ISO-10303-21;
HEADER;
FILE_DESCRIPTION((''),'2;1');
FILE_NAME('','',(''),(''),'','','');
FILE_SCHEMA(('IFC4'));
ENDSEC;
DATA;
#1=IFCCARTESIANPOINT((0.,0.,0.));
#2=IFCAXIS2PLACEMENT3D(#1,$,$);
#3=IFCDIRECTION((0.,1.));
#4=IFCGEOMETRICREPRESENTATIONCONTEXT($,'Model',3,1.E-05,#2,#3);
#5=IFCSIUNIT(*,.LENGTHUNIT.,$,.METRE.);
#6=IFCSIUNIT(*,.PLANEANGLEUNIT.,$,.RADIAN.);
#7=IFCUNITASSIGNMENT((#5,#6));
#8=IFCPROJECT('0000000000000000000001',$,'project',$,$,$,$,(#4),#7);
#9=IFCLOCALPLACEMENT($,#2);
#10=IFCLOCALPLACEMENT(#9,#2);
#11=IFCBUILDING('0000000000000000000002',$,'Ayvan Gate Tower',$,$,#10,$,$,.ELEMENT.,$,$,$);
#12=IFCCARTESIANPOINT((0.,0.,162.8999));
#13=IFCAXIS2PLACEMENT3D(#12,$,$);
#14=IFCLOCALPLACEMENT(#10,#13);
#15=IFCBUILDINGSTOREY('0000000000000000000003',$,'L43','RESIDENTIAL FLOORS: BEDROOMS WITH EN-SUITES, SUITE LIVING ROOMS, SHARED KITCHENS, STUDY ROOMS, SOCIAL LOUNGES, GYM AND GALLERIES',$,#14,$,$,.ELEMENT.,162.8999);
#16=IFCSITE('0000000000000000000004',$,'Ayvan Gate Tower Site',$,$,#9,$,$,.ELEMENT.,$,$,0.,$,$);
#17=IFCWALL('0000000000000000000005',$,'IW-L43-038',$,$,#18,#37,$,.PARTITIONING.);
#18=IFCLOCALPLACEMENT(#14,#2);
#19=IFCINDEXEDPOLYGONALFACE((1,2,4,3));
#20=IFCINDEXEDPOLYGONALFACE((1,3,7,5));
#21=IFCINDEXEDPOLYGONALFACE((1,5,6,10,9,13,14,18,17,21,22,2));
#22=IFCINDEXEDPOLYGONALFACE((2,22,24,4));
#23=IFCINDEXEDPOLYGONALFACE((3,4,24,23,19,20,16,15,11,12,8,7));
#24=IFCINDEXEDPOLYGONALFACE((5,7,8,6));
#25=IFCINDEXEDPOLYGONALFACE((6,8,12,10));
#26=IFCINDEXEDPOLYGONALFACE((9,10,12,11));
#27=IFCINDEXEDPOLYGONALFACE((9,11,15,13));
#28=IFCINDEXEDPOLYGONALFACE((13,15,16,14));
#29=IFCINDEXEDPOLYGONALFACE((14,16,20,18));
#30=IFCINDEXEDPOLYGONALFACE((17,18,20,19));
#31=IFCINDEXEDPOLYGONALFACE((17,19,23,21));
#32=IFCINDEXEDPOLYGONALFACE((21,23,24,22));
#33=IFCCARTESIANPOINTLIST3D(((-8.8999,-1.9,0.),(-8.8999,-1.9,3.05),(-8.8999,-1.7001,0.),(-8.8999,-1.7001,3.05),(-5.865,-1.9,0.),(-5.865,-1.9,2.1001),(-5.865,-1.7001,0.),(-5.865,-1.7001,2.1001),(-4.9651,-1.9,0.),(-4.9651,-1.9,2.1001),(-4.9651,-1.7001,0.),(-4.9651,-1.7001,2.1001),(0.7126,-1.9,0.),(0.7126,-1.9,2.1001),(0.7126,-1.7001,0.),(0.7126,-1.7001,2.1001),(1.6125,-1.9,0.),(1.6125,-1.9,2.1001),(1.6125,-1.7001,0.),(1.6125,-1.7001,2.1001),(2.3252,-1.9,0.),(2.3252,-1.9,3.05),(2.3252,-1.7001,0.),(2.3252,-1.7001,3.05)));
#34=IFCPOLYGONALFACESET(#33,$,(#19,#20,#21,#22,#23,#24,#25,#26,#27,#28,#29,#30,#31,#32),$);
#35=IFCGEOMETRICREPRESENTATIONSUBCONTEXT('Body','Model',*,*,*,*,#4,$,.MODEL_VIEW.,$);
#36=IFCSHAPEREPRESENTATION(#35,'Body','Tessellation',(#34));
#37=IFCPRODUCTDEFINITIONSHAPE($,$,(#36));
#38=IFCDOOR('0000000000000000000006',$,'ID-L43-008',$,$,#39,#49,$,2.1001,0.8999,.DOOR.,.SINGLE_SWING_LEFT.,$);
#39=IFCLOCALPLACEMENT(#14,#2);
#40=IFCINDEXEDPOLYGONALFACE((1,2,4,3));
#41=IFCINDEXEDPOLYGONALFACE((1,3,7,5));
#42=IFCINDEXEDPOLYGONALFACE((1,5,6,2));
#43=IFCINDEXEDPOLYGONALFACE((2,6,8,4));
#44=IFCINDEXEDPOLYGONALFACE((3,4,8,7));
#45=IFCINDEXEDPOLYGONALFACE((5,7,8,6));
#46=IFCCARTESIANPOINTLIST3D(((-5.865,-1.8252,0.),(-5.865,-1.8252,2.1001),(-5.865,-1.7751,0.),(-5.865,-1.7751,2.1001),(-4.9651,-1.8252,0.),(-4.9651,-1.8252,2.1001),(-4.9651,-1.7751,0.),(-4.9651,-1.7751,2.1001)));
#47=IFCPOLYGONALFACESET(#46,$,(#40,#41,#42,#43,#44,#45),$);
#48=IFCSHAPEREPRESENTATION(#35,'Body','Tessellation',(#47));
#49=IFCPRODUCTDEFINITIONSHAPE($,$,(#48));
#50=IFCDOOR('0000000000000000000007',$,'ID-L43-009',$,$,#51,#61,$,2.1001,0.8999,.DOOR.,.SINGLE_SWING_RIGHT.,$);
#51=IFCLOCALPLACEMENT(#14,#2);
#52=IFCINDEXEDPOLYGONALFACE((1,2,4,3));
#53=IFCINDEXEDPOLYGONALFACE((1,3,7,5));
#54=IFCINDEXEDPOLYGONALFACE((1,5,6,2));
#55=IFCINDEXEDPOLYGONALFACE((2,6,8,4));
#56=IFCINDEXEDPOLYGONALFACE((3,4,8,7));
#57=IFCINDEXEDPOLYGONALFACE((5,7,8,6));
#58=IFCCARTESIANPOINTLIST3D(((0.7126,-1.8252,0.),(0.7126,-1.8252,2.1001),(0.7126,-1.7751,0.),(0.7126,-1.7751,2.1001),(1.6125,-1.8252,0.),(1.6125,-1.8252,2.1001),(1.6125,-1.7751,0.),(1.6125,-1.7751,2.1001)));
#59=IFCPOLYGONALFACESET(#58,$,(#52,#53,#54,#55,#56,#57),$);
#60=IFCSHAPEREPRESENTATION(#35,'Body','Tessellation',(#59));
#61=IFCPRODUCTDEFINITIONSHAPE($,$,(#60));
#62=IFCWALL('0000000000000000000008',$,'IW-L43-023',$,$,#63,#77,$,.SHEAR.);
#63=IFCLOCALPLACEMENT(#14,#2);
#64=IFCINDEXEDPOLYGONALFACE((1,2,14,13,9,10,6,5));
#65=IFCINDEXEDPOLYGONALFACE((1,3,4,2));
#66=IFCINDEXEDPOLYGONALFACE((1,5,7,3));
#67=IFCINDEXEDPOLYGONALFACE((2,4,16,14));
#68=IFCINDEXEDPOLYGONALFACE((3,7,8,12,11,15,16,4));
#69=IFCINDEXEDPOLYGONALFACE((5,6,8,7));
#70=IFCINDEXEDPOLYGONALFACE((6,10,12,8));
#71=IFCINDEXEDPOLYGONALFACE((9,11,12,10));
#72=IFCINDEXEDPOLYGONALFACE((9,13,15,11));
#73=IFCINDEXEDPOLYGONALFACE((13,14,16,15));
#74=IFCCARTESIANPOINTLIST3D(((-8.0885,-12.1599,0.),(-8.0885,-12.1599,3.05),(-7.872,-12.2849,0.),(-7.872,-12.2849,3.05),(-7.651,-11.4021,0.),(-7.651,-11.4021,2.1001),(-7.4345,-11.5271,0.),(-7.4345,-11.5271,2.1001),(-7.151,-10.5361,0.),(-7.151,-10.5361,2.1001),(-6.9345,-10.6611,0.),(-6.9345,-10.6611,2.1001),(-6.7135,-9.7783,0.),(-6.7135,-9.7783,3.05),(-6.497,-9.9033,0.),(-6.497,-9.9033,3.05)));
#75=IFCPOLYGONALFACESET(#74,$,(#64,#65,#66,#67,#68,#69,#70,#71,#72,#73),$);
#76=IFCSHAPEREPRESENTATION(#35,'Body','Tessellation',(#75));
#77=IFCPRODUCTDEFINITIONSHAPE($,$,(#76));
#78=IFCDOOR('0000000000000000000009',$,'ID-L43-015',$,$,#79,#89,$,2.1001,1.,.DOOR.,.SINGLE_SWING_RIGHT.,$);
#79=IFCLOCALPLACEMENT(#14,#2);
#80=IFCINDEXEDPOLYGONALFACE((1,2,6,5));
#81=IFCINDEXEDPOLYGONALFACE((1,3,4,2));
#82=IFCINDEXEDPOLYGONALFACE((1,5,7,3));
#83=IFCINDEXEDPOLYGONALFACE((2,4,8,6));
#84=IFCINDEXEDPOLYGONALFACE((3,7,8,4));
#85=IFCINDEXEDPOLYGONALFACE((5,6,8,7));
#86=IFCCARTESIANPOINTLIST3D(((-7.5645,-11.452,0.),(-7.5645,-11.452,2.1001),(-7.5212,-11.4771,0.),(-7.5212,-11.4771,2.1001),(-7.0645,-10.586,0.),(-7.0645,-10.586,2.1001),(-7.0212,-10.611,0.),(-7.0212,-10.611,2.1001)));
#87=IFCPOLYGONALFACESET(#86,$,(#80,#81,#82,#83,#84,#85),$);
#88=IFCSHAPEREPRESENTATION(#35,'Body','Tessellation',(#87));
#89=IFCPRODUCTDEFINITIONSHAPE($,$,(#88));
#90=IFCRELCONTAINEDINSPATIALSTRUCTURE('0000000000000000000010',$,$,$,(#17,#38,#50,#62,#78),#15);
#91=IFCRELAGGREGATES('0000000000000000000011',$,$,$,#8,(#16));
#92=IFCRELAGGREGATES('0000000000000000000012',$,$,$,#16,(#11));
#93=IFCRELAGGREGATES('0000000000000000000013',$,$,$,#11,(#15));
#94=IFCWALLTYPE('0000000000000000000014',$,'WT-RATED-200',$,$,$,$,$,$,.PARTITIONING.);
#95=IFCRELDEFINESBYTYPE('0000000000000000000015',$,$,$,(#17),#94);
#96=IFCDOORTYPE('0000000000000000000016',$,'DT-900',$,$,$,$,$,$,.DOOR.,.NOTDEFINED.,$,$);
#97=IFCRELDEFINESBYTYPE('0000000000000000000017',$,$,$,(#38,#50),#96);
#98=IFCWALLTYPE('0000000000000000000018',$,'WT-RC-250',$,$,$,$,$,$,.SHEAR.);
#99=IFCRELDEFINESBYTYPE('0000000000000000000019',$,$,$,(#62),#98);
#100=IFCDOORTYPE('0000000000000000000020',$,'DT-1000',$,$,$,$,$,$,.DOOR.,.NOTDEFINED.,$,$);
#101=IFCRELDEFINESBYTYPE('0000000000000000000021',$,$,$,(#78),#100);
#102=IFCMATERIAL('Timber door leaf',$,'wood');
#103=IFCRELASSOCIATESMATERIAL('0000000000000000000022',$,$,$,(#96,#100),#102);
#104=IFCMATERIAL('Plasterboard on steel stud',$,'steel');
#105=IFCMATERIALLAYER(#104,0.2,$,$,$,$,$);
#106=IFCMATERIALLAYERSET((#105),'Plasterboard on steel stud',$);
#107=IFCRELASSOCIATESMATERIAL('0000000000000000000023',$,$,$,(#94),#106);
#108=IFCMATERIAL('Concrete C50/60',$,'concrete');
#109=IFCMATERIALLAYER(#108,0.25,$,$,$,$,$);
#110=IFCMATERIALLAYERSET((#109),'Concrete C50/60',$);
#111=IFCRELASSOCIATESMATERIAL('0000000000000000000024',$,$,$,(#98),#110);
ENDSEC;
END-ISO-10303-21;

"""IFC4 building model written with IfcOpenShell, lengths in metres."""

from ifc_helpers import new_model, si_unit, direction, frame, frame_2d, origin, place, context, subcontext, project, spatial, rectangle, extrude, material, layer, layer_set, type_object, element, fill, save


model = new_model("IFC4")

# Units and contexts
model_context = context("Model", 3, precision=1e-05, world=origin(), true_north=direction((0.0, 1.0)))
body_context = subcontext(model_context, "Body", "Model", "MODEL_VIEW")
ifc_project = project(units=[si_unit("LENGTHUNIT", "METRE"), si_unit("PLANEANGLEUNIT", "RADIAN")], contexts=[model_context])

# Site, building, storey
site_placement = place(None, origin())
site = spatial("IfcSite", under=ifc_project, at=site_placement, Name="Ayvan Gate Tower Site", CompositionType="ELEMENT", RefElevation=0.0)
building_placement = place(site_placement, origin())
building = spatial("IfcBuilding", under=site, at=building_placement, Name="Ayvan Gate Tower", CompositionType="ELEMENT")
storey_placement = place(building_placement, frame((0.0, 0.0, 162.8999)))
storey = spatial("IfcBuildingStorey", under=building, at=storey_placement, Name="L43", Description="RESIDENTIAL FLOORS: BEDROOMS WITH EN-SUITES, SUITE LIVING ROOMS, SHARED KITCHENS, STUDY ROOMS, SOCIAL LOUNGES, GYM AND GALLERIES", CompositionType="ELEMENT", Elevation=162.8999)

# Shared definitions
ifc_material_1 = material(Name="Timber door leaf", Category="wood")
door_type_1 = type_object("IfcDoorType", Name="DT-900", OperationType="NOTDEFINED", PredefinedType="DOOR", material=ifc_material_1)

# Shared definitions
ifc_material_2 = material(Name="Plasterboard on steel stud", Category="steel")
ifc_layer_1 = layer(ifc_material_2, 0.2)
ifc_layer_set_1 = layer_set([ifc_layer_1], Name="Plasterboard on steel stud")
wall_type_1 = type_object("IfcWallType", Name="WT-RATED-200", PredefinedType="PARTITIONING", material=ifc_layer_set_1)

# Wall, openings, doors
wall_1_placement = place(storey_placement, frame((-8.8999, -1.8, 0.0), z_axis=(0.0, 0.0, 1.0), x_axis=(1.0, 0.0, 0.0)))
wall_1 = element("IfcWall", 1, at=wall_1_placement, inside=storey, type_object=wall_type_1, Name="IW-L43-038", PredefinedType="PARTITIONING", context=body_context, shape_type="SweptSolid", body=[
    extrude(rectangle(XDim=11.2251, YDim=0.2, at=frame_2d((5.6125, 0.0))), origin(), (0.0, 0.0, 1.0), 3.05),
])
opening_1_placement = place(wall_1_placement, frame((3.0349, 0.0, 0.0)))
opening_1 = element("IfcOpeningElement", 2, at=opening_1_placement, cuts=wall_1, PredefinedType="OPENING", context=body_context, shape_type="SweptSolid", body=[
    extrude(rectangle(XDim=0.8999, YDim=2.1001, at=frame_2d((0.45, 1.05))), frame((0.0, 0.1099, 0.0), z_axis=(0.0, -1.0, 0.0), x_axis=(1.0, 0.0, 0.0)), (0.0, 0.0, 1.0), 0.22),
])
opening_2_placement = place(wall_1_placement, frame((9.6125, 0.0, 0.0)))
opening_2 = element("IfcOpeningElement", 3, at=opening_2_placement, cuts=wall_1, PredefinedType="OPENING", context=body_context, shape_type="SweptSolid", body=[
    extrude(rectangle(XDim=0.8999, YDim=2.1001, at=frame_2d((0.45, 1.05))), frame((0.0, 0.1099, 0.0), z_axis=(0.0, -1.0, 0.0), x_axis=(1.0, 0.0, 0.0)), (0.0, 0.0, 1.0), 0.22),
])
door_1_placement = place(opening_1_placement, origin())
door_1 = element("IfcDoor", 4, at=door_1_placement, inside=storey, type_object=door_type_1, Name="ID-L43-008", OperationType="SINGLE_SWING_LEFT", OverallHeight=2.1001, OverallWidth=0.8999, PredefinedType="DOOR", context=body_context, shape_type="SweptSolid", body=[
    extrude(rectangle(XDim=0.8999, YDim=2.1001, at=frame_2d((0.45, 1.05))), frame((0.0, 0.0249, 0.0), z_axis=(0.0, -1.0, 0.0), x_axis=(1.0, 0.0, 0.0)), (0.0, 0.0, 1.0), 0.05),
])
fill(opening_1, door_1)
door_2_placement = place(opening_2_placement, origin())
door_2 = element("IfcDoor", 5, at=door_2_placement, inside=storey, type_object=door_type_1, Name="ID-L43-009", OperationType="SINGLE_SWING_RIGHT", OverallHeight=2.1001, OverallWidth=0.8999, PredefinedType="DOOR", context=body_context, shape_type="SweptSolid", body=[
    extrude(rectangle(XDim=0.8999, YDim=2.1001, at=frame_2d((0.45, 1.05))), frame((0.0, 0.0249, 0.0), z_axis=(0.0, -1.0, 0.0), x_axis=(1.0, 0.0, 0.0)), (0.0, 0.0, 1.0), 0.05),
])
fill(opening_2, door_2)

# Wall, opening, door
ifc_material_3 = material(Name="Concrete C50/60", Category="concrete")
ifc_layer_2 = layer(ifc_material_3, 0.25)
ifc_layer_set_2 = layer_set([ifc_layer_2], Name="Concrete C50/60")
wall_type_2 = type_object("IfcWallType", Name="WT-RC-250", PredefinedType="SHEAR", material=ifc_layer_set_2)
wall_2_placement = place(storey_placement, frame((-6.6052, -9.8408, 0.0), z_axis=(0.0, 0.0, 1.0), x_axis=(-0.499997, -0.866027, 0.0)))
wall_2 = element("IfcWall", 6, at=wall_2_placement, inside=storey, type_object=wall_type_2, Name="IW-L43-023", PredefinedType="SHEAR", context=body_context, shape_type="SweptSolid", body=[
    extrude(rectangle(XDim=2.75, YDim=0.25, at=frame_2d((1.375, 0.0))), origin(), (0.0, 0.0, 1.0), 3.05),
])
opening_3_placement = place(wall_2_placement, frame((0.875, 0.0, 0.0)))
opening_3 = element("IfcOpeningElement", 7, at=opening_3_placement, cuts=wall_2, PredefinedType="OPENING", context=body_context, shape_type="SweptSolid", body=[
    extrude(rectangle(XDim=1.0, YDim=2.1001, at=frame_2d((0.5, 1.05))), frame((0.0, 0.135, 0.0), z_axis=(0.0, -1.0, 0.0), x_axis=(1.0, 0.0, 0.0)), (0.0, 0.0, 1.0), 0.27),
])
door_type_2 = type_object("IfcDoorType", Name="DT-1000", OperationType="NOTDEFINED", PredefinedType="DOOR", material=ifc_material_1)
door_3_placement = place(opening_3_placement, origin())
door_3 = element("IfcDoor", 8, at=door_3_placement, inside=storey, type_object=door_type_2, Name="ID-L43-015", OperationType="SINGLE_SWING_RIGHT", OverallHeight=2.1001, OverallWidth=1.0, PredefinedType="DOOR", context=body_context, shape_type="SweptSolid", body=[
    extrude(rectangle(XDim=1.0, YDim=2.1001, at=frame_2d((0.5, 1.05))), frame((0.0, 0.0249, 0.0), z_axis=(0.0, -1.0, 0.0), x_axis=(1.0, 0.0, 0.0)), (0.0, 0.0, 1.0), 0.05),
])
fill(opening_3, door_3)

save(model, "model.ifc")
